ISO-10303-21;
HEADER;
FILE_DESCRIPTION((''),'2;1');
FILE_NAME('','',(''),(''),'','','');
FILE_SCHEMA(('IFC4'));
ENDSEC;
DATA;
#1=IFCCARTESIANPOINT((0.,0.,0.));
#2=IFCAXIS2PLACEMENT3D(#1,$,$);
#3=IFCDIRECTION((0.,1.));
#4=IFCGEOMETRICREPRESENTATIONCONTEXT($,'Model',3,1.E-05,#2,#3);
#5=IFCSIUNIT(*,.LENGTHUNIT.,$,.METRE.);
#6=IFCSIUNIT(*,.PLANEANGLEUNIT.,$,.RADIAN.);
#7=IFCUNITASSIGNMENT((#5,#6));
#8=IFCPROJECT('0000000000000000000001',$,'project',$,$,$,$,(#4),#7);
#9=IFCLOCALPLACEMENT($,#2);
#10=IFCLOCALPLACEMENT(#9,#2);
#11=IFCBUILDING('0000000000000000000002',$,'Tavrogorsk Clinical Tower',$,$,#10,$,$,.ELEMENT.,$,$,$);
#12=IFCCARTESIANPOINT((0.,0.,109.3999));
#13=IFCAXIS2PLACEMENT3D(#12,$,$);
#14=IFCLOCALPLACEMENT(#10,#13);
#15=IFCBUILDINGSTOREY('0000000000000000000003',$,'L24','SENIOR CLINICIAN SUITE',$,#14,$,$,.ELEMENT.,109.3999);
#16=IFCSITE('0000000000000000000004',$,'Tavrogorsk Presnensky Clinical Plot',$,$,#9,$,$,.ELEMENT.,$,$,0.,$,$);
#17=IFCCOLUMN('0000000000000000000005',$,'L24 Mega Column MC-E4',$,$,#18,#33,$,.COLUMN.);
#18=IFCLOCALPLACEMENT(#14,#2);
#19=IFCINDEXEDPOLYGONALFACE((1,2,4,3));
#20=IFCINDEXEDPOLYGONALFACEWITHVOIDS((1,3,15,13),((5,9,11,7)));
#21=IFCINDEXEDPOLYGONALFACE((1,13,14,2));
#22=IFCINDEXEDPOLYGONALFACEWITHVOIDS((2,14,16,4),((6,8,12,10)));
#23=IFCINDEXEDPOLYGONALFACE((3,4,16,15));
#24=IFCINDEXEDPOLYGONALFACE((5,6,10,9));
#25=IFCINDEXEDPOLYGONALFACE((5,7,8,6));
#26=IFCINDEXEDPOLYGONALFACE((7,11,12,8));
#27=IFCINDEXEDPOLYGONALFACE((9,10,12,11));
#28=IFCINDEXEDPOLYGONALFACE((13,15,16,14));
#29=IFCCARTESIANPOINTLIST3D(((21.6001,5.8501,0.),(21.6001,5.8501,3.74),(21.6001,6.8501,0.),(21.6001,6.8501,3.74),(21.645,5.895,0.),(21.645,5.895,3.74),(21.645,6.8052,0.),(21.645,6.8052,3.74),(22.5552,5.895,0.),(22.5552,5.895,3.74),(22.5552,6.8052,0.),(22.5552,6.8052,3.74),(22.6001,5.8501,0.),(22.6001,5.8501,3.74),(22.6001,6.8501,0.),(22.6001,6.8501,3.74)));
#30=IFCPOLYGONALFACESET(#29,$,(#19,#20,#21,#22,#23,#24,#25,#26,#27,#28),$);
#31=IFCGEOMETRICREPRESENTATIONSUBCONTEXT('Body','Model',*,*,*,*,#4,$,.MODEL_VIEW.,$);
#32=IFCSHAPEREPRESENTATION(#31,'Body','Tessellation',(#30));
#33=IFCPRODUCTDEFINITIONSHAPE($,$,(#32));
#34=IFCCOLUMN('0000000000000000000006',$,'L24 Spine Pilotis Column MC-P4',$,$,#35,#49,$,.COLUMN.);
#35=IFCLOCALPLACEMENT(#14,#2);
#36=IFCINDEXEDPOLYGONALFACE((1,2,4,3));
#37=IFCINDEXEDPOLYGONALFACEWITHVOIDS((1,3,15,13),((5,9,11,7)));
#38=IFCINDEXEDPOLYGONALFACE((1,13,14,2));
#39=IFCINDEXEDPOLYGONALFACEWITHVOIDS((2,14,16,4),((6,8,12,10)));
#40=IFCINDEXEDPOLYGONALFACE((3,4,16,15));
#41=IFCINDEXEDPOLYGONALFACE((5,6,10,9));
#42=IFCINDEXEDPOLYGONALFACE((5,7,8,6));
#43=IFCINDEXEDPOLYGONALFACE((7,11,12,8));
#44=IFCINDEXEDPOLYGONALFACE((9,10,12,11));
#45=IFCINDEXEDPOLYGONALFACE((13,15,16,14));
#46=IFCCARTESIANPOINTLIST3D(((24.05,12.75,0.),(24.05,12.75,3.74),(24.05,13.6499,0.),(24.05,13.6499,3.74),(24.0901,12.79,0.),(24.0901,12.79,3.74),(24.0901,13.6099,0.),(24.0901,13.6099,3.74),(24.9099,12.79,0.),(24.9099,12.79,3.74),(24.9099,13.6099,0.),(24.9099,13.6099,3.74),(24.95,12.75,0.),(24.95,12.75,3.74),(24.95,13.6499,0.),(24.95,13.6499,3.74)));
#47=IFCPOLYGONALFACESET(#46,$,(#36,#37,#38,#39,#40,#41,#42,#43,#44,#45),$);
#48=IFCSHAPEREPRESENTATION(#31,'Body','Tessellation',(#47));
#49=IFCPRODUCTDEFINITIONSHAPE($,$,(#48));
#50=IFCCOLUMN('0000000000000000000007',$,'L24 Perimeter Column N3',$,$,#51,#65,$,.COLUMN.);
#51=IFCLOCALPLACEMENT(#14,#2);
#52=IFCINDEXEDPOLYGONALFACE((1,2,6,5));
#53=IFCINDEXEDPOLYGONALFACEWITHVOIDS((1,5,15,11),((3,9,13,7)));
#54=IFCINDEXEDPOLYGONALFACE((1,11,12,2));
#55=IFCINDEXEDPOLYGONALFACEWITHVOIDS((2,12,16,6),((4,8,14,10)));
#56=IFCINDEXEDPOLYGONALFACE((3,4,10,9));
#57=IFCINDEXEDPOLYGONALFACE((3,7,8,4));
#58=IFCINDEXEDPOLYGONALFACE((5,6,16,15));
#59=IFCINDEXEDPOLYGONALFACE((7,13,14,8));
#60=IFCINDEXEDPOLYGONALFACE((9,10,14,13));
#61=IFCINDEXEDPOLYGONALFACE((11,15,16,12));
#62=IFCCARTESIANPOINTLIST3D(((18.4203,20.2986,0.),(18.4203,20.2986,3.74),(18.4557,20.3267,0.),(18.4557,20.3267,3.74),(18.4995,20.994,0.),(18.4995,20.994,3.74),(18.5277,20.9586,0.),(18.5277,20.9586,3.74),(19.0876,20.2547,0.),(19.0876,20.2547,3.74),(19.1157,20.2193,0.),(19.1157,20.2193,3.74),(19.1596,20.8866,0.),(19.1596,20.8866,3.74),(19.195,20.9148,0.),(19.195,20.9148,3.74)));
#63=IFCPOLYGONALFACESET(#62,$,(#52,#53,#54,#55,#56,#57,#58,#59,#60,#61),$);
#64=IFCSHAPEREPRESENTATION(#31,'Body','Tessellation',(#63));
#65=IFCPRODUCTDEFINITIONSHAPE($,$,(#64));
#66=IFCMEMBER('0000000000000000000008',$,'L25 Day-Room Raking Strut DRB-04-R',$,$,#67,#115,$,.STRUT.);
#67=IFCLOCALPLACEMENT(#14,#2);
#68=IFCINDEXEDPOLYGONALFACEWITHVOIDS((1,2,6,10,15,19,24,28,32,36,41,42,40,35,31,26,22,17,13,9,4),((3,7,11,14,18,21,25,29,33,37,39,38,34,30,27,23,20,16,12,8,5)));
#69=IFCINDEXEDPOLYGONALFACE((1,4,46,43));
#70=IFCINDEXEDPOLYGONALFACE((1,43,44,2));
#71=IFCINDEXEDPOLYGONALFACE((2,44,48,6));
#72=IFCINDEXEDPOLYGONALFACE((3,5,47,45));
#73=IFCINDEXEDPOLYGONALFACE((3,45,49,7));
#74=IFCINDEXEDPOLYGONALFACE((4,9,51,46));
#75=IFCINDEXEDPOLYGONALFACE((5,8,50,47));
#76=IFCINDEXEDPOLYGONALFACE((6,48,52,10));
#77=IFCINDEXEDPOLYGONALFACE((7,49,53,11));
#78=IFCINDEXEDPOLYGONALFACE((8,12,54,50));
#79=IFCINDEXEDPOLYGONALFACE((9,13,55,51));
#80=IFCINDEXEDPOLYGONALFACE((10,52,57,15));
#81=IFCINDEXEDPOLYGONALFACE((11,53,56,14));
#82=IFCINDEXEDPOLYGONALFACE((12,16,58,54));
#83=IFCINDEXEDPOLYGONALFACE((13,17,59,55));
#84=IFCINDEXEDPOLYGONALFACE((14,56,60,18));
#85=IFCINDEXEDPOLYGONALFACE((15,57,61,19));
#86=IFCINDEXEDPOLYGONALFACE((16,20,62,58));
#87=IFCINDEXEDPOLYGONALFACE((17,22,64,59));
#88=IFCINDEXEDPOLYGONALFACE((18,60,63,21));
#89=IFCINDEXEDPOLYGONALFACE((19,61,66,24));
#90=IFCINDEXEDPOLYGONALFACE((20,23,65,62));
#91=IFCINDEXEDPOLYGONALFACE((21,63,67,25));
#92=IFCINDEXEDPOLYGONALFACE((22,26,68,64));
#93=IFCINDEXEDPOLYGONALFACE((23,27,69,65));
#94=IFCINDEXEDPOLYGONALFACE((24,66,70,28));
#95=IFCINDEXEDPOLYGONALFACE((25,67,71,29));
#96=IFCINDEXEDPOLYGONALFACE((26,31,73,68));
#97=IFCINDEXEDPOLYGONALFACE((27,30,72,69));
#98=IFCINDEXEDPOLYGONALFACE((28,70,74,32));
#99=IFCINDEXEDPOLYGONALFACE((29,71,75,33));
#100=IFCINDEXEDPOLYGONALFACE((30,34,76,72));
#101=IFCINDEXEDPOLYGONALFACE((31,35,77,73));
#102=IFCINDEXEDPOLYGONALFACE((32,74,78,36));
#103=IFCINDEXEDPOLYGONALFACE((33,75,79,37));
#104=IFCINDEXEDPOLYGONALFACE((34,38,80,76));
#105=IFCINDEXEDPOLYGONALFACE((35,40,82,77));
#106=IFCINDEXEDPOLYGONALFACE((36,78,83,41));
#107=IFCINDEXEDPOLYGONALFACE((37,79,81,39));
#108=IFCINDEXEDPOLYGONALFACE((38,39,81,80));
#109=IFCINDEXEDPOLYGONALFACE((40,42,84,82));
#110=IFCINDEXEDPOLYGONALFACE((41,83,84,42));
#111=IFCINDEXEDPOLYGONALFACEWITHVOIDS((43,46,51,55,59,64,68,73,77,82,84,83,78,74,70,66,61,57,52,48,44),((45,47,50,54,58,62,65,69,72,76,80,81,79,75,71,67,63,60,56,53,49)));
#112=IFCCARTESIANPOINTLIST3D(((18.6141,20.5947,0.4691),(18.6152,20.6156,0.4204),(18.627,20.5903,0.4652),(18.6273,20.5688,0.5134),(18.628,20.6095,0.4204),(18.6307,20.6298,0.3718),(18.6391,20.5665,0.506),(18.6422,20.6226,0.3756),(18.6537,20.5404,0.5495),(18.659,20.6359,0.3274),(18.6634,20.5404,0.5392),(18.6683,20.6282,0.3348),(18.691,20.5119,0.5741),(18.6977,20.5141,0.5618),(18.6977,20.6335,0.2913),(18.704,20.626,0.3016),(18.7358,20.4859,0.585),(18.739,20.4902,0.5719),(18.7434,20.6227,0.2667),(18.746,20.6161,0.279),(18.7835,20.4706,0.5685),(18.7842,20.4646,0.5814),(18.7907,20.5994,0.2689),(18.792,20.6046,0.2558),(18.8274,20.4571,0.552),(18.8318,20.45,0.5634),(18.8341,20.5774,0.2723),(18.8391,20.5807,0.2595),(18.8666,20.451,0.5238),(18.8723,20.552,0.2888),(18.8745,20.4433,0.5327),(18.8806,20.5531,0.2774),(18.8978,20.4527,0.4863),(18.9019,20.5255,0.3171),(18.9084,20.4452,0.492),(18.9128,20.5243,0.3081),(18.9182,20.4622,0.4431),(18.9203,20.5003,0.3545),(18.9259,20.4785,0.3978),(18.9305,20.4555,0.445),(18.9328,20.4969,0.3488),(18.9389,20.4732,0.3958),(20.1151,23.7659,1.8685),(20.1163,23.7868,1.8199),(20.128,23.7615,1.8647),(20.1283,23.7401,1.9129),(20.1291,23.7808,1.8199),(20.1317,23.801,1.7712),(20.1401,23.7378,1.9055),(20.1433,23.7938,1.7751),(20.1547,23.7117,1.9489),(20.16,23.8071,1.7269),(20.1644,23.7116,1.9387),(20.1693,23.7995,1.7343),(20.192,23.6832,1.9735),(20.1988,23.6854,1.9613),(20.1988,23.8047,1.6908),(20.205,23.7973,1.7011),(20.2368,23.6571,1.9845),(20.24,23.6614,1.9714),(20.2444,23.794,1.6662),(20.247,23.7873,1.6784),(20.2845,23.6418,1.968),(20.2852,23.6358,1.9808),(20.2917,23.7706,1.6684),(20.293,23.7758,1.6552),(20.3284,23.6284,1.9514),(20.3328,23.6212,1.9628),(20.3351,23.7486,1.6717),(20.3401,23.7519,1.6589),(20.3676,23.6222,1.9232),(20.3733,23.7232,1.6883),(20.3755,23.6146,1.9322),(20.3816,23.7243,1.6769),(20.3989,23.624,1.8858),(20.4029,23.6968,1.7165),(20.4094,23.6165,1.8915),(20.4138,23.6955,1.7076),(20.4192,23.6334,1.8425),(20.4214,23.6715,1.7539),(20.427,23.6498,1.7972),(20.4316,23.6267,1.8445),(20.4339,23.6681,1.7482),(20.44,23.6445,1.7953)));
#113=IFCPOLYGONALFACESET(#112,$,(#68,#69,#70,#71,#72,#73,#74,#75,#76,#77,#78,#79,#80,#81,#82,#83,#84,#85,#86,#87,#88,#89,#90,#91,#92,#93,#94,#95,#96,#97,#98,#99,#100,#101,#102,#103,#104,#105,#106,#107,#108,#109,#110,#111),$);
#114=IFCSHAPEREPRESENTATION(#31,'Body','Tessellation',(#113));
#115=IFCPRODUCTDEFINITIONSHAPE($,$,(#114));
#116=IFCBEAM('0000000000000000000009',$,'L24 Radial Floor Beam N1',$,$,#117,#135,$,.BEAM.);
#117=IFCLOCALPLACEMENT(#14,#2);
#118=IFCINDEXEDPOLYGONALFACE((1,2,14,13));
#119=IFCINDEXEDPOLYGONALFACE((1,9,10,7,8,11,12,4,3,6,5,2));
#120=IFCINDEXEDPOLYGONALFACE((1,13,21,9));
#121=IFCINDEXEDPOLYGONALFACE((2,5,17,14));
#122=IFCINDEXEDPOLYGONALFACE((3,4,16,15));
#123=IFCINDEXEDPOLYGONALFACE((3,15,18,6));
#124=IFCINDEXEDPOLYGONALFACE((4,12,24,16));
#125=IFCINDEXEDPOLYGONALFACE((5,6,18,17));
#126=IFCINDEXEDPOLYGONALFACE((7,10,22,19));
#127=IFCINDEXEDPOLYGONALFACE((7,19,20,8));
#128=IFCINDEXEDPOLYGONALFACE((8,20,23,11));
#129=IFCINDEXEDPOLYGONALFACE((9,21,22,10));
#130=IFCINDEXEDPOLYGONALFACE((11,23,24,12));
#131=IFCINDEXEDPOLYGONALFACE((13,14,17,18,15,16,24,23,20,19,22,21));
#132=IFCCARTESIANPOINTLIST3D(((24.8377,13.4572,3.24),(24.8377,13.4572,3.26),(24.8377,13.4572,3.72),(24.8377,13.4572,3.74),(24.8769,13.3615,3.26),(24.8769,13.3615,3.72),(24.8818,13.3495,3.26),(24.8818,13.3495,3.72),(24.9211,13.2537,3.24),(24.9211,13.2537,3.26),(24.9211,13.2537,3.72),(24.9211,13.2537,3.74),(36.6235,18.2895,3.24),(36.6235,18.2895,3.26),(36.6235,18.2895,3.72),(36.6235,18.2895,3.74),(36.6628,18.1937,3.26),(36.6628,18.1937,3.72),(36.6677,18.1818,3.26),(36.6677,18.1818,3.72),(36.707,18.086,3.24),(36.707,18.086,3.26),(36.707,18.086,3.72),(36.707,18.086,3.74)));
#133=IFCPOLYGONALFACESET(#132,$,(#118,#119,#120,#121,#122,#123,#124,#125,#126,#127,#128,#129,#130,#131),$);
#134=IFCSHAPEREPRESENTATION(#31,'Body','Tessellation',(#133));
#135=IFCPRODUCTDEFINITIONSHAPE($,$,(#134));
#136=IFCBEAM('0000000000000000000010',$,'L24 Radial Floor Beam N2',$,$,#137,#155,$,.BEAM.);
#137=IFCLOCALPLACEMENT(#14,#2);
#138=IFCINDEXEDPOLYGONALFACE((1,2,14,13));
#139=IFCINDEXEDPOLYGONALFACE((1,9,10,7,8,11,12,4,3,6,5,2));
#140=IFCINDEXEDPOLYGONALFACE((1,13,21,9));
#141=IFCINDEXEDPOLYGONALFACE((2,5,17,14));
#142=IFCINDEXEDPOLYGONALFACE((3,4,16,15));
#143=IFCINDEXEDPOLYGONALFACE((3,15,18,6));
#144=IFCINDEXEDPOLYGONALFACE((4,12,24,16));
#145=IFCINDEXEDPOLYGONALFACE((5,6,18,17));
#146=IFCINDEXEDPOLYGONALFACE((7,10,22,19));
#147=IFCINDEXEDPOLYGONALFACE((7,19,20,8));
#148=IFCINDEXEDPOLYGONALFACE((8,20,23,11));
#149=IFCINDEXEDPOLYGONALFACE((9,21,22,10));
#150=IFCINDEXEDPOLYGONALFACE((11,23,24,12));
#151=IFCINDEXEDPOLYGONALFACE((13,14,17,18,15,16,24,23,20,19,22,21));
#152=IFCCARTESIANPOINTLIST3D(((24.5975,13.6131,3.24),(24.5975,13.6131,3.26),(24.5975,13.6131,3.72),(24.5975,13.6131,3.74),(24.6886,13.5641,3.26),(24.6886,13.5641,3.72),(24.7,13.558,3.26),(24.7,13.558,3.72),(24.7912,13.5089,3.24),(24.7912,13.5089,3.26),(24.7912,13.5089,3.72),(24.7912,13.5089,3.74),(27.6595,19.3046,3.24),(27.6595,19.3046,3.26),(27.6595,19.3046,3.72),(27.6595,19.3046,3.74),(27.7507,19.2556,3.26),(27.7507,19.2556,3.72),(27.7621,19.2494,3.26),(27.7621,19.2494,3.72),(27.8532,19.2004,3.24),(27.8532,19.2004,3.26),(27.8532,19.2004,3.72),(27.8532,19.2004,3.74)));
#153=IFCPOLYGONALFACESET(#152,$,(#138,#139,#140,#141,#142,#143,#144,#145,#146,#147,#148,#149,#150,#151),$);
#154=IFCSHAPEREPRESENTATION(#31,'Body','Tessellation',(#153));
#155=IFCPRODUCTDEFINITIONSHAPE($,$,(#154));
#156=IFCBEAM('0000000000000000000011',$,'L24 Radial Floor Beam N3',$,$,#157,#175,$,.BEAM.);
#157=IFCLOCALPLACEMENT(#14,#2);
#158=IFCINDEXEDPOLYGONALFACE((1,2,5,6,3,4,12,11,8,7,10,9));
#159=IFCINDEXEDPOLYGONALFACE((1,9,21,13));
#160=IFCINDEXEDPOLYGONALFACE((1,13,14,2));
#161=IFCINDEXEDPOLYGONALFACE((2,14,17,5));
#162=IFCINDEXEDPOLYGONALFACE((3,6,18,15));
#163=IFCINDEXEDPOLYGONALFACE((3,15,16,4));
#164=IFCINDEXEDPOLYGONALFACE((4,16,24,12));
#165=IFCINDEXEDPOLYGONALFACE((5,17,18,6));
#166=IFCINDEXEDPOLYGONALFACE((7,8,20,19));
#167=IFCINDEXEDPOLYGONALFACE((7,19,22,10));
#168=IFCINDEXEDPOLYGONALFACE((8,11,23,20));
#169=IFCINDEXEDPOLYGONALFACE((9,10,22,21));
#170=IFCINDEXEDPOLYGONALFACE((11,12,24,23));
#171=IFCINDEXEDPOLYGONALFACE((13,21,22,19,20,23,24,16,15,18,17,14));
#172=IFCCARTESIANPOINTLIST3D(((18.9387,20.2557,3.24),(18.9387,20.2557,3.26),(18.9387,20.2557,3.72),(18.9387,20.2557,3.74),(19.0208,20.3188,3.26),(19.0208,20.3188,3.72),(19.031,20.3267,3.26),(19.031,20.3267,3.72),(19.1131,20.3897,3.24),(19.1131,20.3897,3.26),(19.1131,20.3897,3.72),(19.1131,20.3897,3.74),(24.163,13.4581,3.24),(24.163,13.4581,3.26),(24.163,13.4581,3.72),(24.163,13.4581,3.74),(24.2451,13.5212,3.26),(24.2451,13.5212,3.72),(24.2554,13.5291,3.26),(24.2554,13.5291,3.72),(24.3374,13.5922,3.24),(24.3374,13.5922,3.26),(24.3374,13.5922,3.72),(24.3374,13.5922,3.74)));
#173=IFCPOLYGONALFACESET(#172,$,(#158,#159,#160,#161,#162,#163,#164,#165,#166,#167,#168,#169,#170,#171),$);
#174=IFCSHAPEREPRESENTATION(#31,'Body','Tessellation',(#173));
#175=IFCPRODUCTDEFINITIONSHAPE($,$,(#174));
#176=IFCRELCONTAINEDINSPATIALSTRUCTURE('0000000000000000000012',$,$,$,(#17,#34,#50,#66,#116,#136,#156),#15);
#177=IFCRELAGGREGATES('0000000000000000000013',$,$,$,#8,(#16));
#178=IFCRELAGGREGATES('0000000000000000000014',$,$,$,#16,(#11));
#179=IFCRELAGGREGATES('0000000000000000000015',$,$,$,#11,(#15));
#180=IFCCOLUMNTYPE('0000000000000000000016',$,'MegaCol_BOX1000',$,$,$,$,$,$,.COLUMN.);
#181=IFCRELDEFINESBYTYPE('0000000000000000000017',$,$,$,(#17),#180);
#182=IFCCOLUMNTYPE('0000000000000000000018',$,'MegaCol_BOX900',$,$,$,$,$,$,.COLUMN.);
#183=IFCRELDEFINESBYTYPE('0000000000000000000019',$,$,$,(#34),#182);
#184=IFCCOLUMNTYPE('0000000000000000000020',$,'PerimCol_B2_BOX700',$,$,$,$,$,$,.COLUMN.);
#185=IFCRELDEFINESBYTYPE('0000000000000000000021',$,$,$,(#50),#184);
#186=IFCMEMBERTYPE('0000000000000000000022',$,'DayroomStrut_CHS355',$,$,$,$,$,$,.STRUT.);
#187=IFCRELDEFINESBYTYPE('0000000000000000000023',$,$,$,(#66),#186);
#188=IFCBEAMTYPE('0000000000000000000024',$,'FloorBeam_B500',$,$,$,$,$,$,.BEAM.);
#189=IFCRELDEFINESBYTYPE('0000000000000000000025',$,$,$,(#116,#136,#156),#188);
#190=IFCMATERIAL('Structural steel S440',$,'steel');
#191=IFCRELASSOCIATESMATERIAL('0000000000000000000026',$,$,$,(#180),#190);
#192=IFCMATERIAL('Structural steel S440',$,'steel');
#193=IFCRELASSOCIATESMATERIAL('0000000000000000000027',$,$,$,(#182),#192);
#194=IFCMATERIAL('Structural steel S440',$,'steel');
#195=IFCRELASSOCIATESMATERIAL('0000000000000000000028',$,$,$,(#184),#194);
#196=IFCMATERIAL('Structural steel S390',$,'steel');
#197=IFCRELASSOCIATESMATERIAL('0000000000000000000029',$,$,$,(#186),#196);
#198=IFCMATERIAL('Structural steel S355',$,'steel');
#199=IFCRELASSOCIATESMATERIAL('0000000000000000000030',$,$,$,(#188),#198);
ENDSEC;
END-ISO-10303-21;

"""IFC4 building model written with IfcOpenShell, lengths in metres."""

from ifc_helpers import new_model, si_unit, direction, frame, origin, origin_2d, place, context, subcontext, project, spatial, hollow_rectangle, hollow_circle, i_section, extrude, material, material_profile, profile_set, type_object, element, save


model = new_model("IFC4")

# Units and contexts
model_context = context("Model", 3, precision=1e-05, world=origin(), true_north=direction((0.0, 1.0)))
body_context = subcontext(model_context, "Body", "Model", "MODEL_VIEW")
ifc_project = project(units=[si_unit("LENGTHUNIT", "METRE"), si_unit("PLANEANGLEUNIT", "RADIAN")], contexts=[model_context])

# Site, building, storey
site_placement = place(None, origin())
site = spatial("IfcSite", under=ifc_project, at=site_placement, Name="Tavrogorsk Presnensky Clinical Plot", CompositionType="ELEMENT", RefElevation=0.0)
building_placement = place(site_placement, origin())
building = spatial("IfcBuilding", under=site, at=building_placement, Name="Tavrogorsk Clinical Tower", CompositionType="ELEMENT")
storey_placement = place(building_placement, frame((0.0, 0.0, 109.3999)))
storey = spatial("IfcBuildingStorey", under=building, at=storey_placement, Name="L24", Description="SENIOR CLINICIAN SUITE", CompositionType="ELEMENT", Elevation=109.3999)

# Columns
ifc_material_1 = material(Name="Structural steel S440", Category="steel")
ifc_material_profile_1 = material_profile(ifc_material_1, hollow_rectangle(XDim=1.0, YDim=1.0, WallThickness=0.0449, at=origin_2d()), Name="BOX-1000x1000x45")
ifc_profile_set_1 = profile_set([ifc_material_profile_1], Name="Structural steel S440")
column_type_1 = type_object("IfcColumnType", Name="MegaCol_BOX1000", PredefinedType="COLUMN", material=ifc_profile_set_1)
column_1_placement = place(storey_placement, frame((22.1001, 6.3501, 0.0), z_axis=(0.0, 0.0, 1.0), x_axis=(1.0, 0.0, 0.0)))
element("IfcColumn", 1, at=column_1_placement, inside=storey, type_object=column_type_1, Name="L24 Mega Column MC-E4", PredefinedType="COLUMN", context=body_context, shape_type="SweptSolid", body=[
    extrude(hollow_rectangle(XDim=1.0, YDim=1.0, WallThickness=0.0449, at=origin_2d()), origin(), (0.0, 0.0, 1.0), 3.74),
])
ifc_material_2 = material(Name="Structural steel S440", Category="steel")
ifc_material_profile_2 = material_profile(ifc_material_2, hollow_rectangle(XDim=0.8999, YDim=0.8999, WallThickness=0.04, at=origin_2d()), Name="BOX-900x900x40")
ifc_profile_set_2 = profile_set([ifc_material_profile_2], Name="Structural steel S440")
column_type_2 = type_object("IfcColumnType", Name="MegaCol_BOX900", PredefinedType="COLUMN", material=ifc_profile_set_2)
column_2_placement = place(storey_placement, frame((24.5, 13.2, 0.0), z_axis=(0.0, 0.0, 1.0), x_axis=(1.0, 0.0, 0.0)))
element("IfcColumn", 2, at=column_2_placement, inside=storey, type_object=column_type_2, Name="L24 Spine Pilotis Column MC-P4", PredefinedType="COLUMN", context=body_context, shape_type="SweptSolid", body=[
    extrude(hollow_rectangle(XDim=0.8999, YDim=0.8999, WallThickness=0.04, at=origin_2d()), origin(), (0.0, 0.0, 1.0), 3.74),
])
ifc_material_3 = material(Name="Structural steel S440", Category="steel")
ifc_material_profile_3 = material_profile(ifc_material_3, hollow_rectangle(XDim=0.7, YDim=0.7, WallThickness=0.032, at=origin_2d()), Name="BOX-700x700x32")
ifc_profile_set_3 = profile_set([ifc_material_profile_3], Name="Structural steel S440")
column_type_3 = type_object("IfcColumnType", Name="PerimCol_B2_BOX700", PredefinedType="COLUMN", material=ifc_profile_set_3)
column_3_placement = place(storey_placement, frame((18.8076, 20.6067, 0.0), z_axis=(0.0, 0.0, 1.0), x_axis=(0.993572, -0.113203, 0.0)))
element("IfcColumn", 3, at=column_3_placement, inside=storey, type_object=column_type_3, Name="L24 Perimeter Column N3", PredefinedType="COLUMN", context=body_context, shape_type="SweptSolid", body=[
    extrude(hollow_rectangle(XDim=0.7, YDim=0.7, WallThickness=0.032, at=origin_2d()), origin(), (0.0, 0.0, 1.0), 3.74),
])

# Member
ifc_material_4 = material(Name="Structural steel S390", Category="steel")
ifc_material_profile_4 = material_profile(ifc_material_4, hollow_circle(Radius=0.1777, WallThickness=0.0142, at=origin_2d()), Name="CHS-355.6x14.2")
ifc_profile_set_4 = profile_set([ifc_material_profile_4], Name="Structural steel S390")
member_type = type_object("IfcMemberType", Name="DayroomStrut_CHS355", PredefinedType="STRUT", material=ifc_profile_set_4)
member_placement = place(storey_placement, frame((18.7759, 20.5396, 0.4204), z_axis=(0.397375, 0.839543, 0.370487), x_axis=(-0.903864, 0.42782, 0.0)))
element("IfcMember", 4, at=member_placement, inside=storey, type_object=member_type, Name="L25 Day-Room Raking Strut DRB-04-R", PredefinedType="STRUT", context=body_context, shape_type="SweptSolid", body=[
    extrude(hollow_circle(Radius=0.1777, WallThickness=0.0142, at=origin_2d()), origin(), (0.0, 0.0, 1.0), 3.7773),
])

# Beams
ifc_material_5 = material(Name="Structural steel S355", Category="steel")
ifc_material_profile_5 = material_profile(ifc_material_5, i_section(OverallWidth=0.22, OverallDepth=0.5, WebThickness=0.0129, FlangeThickness=0.02, at=origin_2d()), Name="B-500x220x13x20")
ifc_profile_set_5 = profile_set([ifc_material_profile_5], Name="Structural steel S355")
beam_type_1 = type_object("IfcBeamType", Name="FloorBeam_B500", PredefinedType="BEAM", material=ifc_profile_set_5)
beam_1_placement = place(storey_placement, frame((24.8794, 13.3555, 3.49), z_axis=(0.92525, 0.379357, 0.0), x_axis=(-0.379357, 0.92525, 0.0)))
element("IfcBeam", 5, at=beam_1_placement, inside=storey, type_object=beam_type_1, Name="L24 Radial Floor Beam N1", PredefinedType="BEAM", context=body_context, shape_type="SweptSolid", body=[
    extrude(i_section(OverallWidth=0.22, OverallDepth=0.5, WebThickness=0.0129, FlangeThickness=0.02, at=origin_2d()), origin(), (0.0, 0.0, 1.0), 12.738),
])
beam_2_placement = place(storey_placement, frame((24.6943, 13.561, 3.49), z_axis=(0.473789, 0.880638, 0.0), x_axis=(-0.880638, 0.473789, 0.0)))
element("IfcBeam", 6, at=beam_2_placement, inside=storey, type_object=beam_type_1, Name="L24 Radial Floor Beam N2", PredefinedType="BEAM", context=body_context, shape_type="SweptSolid", body=[
    extrude(i_section(OverallWidth=0.22, OverallDepth=0.5, WebThickness=0.0129, FlangeThickness=0.02, at=origin_2d()), origin(), (0.0, 0.0, 1.0), 6.4629),
])
beam_3_placement = place(storey_placement, frame((24.2502, 13.5251, 3.49), z_axis=(-0.609376, 0.792881, 0.0), x_axis=(-0.792881, -0.609376, 0.0)))
element("IfcBeam", 7, at=beam_3_placement, inside=storey, type_object=beam_type_1, Name="L24 Radial Floor Beam N3", PredefinedType="BEAM", context=body_context, shape_type="SweptSolid", body=[
    extrude(i_section(OverallWidth=0.22, OverallDepth=0.5, WebThickness=0.0129, FlangeThickness=0.02, at=origin_2d()), origin(), (0.0, 0.0, 1.0), 8.5732),
])

save(model, "model.ifc")
